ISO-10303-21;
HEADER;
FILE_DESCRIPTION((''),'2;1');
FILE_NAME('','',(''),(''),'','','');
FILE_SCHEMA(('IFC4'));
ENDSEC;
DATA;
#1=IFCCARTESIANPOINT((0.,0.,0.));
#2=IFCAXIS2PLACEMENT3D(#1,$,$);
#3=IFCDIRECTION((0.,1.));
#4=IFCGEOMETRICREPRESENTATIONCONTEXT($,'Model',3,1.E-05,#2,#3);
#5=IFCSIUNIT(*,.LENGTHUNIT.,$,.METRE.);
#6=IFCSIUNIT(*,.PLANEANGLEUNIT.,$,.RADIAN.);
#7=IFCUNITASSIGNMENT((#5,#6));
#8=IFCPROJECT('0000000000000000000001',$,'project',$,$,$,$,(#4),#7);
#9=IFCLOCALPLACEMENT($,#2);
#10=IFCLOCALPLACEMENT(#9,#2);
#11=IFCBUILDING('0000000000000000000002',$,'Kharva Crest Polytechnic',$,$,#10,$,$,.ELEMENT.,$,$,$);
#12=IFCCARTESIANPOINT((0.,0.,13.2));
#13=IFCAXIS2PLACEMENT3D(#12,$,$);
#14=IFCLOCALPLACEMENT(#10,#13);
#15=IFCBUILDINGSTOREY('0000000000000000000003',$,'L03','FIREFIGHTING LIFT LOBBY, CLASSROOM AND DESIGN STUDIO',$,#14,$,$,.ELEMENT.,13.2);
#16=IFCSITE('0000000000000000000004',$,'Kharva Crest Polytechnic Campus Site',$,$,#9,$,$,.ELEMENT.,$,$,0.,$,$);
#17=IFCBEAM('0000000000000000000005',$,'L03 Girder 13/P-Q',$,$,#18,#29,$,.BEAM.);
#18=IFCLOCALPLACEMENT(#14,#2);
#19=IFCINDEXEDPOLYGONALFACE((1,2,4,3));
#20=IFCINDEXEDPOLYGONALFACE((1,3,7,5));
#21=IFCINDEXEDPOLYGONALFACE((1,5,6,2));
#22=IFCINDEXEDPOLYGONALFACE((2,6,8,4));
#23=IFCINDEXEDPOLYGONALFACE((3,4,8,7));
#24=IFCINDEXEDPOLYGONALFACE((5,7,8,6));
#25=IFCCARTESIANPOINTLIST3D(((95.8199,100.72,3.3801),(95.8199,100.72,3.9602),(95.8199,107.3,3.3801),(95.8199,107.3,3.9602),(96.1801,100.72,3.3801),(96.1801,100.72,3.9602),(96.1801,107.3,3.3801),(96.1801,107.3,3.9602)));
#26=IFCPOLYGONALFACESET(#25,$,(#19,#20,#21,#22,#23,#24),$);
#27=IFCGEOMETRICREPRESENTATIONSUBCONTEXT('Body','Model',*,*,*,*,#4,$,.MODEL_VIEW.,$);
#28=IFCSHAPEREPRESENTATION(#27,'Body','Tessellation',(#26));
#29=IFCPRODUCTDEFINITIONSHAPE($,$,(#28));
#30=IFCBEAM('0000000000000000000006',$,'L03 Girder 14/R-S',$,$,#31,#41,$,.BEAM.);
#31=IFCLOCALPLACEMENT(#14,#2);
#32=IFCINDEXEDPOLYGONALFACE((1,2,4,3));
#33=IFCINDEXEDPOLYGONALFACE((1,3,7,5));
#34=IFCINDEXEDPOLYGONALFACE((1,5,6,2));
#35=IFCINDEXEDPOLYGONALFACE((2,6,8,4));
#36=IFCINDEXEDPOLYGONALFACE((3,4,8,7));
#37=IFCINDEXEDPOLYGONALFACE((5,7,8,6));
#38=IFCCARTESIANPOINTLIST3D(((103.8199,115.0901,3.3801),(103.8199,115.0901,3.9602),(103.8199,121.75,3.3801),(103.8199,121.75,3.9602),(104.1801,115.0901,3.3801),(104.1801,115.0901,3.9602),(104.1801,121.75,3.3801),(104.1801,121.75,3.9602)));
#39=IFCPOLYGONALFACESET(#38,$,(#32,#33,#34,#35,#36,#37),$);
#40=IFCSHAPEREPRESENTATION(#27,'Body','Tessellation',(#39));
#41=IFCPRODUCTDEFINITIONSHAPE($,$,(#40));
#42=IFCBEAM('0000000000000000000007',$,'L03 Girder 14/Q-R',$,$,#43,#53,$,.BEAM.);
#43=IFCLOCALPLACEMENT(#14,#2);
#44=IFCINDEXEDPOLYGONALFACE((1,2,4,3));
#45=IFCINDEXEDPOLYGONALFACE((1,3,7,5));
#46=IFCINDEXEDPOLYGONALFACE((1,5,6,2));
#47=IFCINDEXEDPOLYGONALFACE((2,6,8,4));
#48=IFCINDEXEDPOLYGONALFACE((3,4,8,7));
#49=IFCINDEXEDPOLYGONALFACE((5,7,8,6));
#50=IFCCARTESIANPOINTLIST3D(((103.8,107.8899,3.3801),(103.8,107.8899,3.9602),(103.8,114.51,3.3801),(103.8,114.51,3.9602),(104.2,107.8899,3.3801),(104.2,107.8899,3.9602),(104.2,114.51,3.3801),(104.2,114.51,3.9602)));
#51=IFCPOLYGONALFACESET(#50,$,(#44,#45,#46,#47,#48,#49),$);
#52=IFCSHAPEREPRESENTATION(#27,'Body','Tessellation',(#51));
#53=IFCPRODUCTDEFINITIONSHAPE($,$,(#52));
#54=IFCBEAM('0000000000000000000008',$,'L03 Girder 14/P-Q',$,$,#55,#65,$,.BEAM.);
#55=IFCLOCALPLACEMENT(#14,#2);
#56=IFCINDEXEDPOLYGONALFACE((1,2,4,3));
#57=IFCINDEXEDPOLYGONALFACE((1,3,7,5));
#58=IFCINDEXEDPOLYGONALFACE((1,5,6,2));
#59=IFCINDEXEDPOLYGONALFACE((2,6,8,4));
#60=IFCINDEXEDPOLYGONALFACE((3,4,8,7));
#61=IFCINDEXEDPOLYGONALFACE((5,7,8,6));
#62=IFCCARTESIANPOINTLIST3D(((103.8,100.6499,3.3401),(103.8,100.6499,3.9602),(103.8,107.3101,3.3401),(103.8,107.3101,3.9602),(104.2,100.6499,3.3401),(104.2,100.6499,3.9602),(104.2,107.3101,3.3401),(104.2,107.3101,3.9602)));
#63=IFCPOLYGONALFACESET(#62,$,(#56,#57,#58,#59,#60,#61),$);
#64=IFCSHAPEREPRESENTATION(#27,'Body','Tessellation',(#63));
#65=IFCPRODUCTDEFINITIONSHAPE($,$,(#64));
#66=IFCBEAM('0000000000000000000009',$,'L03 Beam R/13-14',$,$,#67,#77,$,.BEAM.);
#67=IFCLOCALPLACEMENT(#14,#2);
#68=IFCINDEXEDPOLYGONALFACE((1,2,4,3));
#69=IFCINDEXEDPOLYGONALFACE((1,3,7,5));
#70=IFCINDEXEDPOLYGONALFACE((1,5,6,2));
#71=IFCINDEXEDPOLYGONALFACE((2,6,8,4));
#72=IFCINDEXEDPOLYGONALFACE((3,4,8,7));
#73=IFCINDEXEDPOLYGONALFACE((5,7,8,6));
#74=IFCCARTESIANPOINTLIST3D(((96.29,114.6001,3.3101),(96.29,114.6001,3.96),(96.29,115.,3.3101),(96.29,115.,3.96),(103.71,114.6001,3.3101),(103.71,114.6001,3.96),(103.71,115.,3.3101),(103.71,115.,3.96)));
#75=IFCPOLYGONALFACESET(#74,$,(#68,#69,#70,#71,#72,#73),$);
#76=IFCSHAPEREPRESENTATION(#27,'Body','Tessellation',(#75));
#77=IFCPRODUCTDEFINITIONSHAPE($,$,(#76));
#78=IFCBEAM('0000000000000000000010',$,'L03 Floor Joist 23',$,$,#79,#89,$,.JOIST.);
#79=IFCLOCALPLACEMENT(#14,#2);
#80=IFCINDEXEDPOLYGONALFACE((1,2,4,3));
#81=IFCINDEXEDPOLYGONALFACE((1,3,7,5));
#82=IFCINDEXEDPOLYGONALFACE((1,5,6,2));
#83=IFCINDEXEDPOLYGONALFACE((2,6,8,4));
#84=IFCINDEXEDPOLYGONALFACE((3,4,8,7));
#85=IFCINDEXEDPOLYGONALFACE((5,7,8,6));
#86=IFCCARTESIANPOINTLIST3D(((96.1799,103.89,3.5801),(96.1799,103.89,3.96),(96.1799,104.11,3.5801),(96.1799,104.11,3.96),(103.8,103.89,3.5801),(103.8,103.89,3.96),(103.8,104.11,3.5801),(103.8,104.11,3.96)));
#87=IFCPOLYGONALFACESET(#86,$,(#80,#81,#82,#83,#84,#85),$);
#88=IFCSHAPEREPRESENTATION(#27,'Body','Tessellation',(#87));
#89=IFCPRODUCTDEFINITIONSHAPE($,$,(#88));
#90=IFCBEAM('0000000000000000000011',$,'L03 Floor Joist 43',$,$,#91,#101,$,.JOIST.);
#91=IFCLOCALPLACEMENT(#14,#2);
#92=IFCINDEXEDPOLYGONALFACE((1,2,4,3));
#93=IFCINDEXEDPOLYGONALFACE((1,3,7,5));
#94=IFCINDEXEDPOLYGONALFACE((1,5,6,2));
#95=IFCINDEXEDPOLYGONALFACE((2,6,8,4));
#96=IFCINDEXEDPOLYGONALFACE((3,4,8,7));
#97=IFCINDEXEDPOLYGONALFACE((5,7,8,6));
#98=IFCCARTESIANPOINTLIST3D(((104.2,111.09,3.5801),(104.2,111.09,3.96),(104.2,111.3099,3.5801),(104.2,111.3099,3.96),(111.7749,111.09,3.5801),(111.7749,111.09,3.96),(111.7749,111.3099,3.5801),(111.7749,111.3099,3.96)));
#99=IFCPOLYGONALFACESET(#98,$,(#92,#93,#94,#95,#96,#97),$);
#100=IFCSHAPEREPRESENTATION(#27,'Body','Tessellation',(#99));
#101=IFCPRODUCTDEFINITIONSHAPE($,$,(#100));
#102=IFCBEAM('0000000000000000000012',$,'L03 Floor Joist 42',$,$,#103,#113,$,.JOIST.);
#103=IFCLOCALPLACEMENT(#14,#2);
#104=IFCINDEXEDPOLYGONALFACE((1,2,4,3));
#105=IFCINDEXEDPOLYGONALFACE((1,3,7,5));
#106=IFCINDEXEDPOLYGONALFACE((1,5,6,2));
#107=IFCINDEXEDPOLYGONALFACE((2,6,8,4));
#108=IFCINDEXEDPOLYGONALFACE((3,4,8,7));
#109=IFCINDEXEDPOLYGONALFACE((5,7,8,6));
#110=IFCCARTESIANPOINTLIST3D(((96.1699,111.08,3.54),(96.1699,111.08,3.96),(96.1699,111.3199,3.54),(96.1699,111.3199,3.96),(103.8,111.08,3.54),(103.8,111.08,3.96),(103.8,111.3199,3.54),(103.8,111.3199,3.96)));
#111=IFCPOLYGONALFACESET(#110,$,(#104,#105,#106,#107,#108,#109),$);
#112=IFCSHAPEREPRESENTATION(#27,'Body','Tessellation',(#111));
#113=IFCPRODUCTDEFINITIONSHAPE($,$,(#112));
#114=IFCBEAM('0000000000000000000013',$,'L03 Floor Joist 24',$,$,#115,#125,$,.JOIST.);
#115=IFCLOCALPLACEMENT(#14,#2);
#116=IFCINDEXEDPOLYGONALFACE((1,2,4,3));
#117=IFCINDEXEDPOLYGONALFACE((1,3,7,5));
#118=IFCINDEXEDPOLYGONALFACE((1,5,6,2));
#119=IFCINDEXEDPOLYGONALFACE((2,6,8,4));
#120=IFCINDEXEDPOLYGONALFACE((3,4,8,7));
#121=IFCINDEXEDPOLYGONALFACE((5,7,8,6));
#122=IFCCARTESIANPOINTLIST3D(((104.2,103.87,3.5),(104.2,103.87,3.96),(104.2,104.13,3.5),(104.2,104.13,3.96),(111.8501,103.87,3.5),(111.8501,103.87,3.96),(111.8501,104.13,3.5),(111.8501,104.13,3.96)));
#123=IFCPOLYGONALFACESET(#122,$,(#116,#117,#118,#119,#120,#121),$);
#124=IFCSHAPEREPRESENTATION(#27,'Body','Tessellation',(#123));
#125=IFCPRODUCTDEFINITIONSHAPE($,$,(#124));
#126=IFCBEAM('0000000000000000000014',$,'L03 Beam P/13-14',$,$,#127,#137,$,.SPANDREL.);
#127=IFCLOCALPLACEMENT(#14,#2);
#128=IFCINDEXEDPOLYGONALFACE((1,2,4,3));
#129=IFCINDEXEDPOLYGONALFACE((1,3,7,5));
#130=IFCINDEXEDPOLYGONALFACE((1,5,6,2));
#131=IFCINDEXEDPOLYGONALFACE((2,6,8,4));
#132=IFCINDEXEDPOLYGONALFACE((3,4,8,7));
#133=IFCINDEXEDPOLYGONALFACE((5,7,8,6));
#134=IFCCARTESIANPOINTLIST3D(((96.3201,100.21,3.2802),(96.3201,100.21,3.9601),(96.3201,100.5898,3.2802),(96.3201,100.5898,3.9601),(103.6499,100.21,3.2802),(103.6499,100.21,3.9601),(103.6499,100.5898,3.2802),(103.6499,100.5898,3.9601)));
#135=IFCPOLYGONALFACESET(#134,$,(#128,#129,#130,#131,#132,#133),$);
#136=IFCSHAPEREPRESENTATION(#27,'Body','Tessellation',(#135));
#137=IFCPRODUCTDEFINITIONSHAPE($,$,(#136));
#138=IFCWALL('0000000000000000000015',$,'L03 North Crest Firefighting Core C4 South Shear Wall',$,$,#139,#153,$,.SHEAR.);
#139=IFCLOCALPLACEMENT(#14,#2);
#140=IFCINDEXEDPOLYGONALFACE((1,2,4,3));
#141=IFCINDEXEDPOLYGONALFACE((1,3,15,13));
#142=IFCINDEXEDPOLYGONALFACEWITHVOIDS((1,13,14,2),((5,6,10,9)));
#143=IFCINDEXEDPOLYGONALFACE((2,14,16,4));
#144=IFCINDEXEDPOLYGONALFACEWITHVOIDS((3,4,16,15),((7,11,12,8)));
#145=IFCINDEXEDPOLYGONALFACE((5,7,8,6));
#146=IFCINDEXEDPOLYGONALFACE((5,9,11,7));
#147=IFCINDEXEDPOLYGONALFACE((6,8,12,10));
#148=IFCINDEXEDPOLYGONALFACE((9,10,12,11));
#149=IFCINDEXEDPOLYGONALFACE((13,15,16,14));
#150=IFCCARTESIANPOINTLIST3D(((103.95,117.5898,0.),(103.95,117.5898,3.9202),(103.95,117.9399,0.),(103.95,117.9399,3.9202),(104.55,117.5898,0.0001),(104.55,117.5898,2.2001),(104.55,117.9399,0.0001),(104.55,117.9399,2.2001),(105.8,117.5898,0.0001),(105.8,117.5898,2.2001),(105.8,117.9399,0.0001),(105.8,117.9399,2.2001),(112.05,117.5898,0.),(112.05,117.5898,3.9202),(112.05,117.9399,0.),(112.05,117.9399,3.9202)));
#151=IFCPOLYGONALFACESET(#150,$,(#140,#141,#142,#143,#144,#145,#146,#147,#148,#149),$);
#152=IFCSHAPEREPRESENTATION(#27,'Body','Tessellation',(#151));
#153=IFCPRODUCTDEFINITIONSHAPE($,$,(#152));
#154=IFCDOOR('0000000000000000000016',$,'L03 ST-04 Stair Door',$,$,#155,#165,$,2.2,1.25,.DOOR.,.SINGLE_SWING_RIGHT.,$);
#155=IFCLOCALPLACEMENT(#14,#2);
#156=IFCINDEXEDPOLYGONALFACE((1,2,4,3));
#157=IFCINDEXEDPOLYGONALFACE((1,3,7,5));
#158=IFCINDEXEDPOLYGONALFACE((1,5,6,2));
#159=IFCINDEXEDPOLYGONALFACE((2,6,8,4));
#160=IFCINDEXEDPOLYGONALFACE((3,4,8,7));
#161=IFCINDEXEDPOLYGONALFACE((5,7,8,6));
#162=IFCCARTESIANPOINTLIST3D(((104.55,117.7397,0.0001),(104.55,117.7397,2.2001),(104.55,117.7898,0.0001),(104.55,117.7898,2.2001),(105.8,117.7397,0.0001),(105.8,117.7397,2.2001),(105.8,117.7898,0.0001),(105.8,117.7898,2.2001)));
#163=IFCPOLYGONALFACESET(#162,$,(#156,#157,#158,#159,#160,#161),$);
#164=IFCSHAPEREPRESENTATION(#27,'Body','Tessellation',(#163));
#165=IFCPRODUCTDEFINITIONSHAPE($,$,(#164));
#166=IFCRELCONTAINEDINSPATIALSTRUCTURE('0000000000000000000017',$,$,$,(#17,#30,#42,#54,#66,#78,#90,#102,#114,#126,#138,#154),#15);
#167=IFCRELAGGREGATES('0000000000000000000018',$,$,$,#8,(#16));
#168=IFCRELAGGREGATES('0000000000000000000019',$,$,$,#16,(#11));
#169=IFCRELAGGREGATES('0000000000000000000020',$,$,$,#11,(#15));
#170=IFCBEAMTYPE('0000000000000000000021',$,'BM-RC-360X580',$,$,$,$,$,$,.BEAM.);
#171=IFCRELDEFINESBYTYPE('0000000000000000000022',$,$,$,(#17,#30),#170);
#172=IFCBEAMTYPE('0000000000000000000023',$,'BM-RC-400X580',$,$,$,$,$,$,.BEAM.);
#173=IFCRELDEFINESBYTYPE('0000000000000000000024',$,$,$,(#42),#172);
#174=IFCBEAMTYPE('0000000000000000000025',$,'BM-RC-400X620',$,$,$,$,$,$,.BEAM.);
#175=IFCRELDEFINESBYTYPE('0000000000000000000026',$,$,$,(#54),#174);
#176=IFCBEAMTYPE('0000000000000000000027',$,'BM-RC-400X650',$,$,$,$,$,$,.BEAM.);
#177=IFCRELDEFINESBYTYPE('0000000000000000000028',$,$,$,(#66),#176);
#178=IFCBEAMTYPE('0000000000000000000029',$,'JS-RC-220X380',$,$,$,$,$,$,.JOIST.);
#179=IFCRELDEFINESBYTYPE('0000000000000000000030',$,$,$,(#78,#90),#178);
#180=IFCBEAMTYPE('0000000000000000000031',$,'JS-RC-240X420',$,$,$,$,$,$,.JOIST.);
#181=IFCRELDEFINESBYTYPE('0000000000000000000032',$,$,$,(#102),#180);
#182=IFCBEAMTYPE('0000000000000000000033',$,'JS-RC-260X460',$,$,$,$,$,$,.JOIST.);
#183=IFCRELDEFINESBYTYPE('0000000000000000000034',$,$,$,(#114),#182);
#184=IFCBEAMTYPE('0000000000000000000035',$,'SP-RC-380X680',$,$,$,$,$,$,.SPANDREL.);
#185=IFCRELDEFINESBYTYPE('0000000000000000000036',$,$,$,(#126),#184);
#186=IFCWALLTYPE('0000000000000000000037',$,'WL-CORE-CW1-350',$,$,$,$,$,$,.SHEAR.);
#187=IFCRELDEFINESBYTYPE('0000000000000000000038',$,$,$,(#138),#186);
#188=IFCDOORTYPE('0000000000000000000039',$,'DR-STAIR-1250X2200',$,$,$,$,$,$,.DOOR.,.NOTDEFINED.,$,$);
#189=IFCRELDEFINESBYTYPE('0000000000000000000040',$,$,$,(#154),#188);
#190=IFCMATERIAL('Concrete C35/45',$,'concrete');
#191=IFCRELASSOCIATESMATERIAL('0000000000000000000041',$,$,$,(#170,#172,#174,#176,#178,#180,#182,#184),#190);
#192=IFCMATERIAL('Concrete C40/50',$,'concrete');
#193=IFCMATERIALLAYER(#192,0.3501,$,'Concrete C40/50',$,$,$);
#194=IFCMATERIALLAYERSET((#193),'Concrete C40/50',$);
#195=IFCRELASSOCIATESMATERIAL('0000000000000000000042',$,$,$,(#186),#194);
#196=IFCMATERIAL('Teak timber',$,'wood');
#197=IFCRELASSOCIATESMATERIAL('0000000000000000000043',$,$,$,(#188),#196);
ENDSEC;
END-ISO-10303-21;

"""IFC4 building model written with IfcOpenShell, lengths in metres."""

from ifc_helpers import new_model, si_unit, direction, frame, frame_2d, origin, origin_2d, place, context, subcontext, project, spatial, rectangle, extrude, material, layer, layer_set, material_profile, profile_set, type_object, element, fill, save


model = new_model("IFC4")

# Units and contexts
model_context = context("Model", 3, precision=1e-05, world=origin(), true_north=direction((0.0, 1.0)))
body_context = subcontext(model_context, "Body", "Model", "MODEL_VIEW")
ifc_project = project(units=[si_unit("LENGTHUNIT", "METRE"), si_unit("PLANEANGLEUNIT", "RADIAN")], contexts=[model_context])

# Site, building, storey
site_placement = place(None, origin())
site = spatial("IfcSite", under=ifc_project, at=site_placement, Name="Kharva Crest Polytechnic Campus Site", CompositionType="ELEMENT", RefElevation=0.0)
building_placement = place(site_placement, origin())
building = spatial("IfcBuilding", under=site, at=building_placement, Name="Kharva Crest Polytechnic", CompositionType="ELEMENT")
storey_placement = place(building_placement, frame((0.0, 0.0, 13.2)))
storey = spatial("IfcBuildingStorey", under=building, at=storey_placement, Name="L03", Description="FIREFIGHTING LIFT LOBBY, CLASSROOM AND DESIGN STUDIO", CompositionType="ELEMENT", Elevation=13.2)

# Shared definitions
ifc_material_1 = material(Name="Concrete C40/50", Category="concrete")

# Beams
ifc_material_2 = material(Name="Concrete C35/45", Category="concrete")
ifc_material_profile_1 = material_profile(ifc_material_2, rectangle(XDim=0.3601, YDim=0.5801, at=origin_2d()), Name="RECT 360 X 580")
ifc_profile_set_1 = profile_set([ifc_material_profile_1], Name="Concrete C35/45")
beam_type_1 = type_object("IfcBeamType", Name="BM-RC-360X580", PredefinedType="BEAM", material=ifc_profile_set_1)
beam_1_placement = place(storey_placement, frame((96.0, 100.72, 3.6702), z_axis=(0.0, 1.0, 0.0), x_axis=(-1.0, 0.0, 0.0)))
element("IfcBeam", 1, at=beam_1_placement, inside=storey, type_object=beam_type_1, Name="L03 Girder 13/P-Q", PredefinedType="BEAM", context=body_context, shape_type="SweptSolid", body=[
    extrude(rectangle(XDim=0.3601, YDim=0.5801, at=origin_2d()), origin(), (0.0, 0.0, 1.0), 6.5801),
])
beam_2_placement = place(storey_placement, frame((104.0, 115.0901, 3.6702), z_axis=(0.0, 1.0, 0.0), x_axis=(-1.0, 0.0, 0.0)))
element("IfcBeam", 2, at=beam_2_placement, inside=storey, type_object=beam_type_1, Name="L03 Girder 14/R-S", PredefinedType="BEAM", context=body_context, shape_type="SweptSolid", body=[
    extrude(rectangle(XDim=0.3601, YDim=0.5801, at=origin_2d()), origin(), (0.0, 0.0, 1.0), 6.6599),
])
ifc_material_profile_2 = material_profile(ifc_material_2, rectangle(XDim=0.3999, YDim=0.5801, at=origin_2d()), Name="RECT 400 X 580")
ifc_profile_set_2 = profile_set([ifc_material_profile_2], Name="Concrete C35/45")
beam_type_2 = type_object("IfcBeamType", Name="BM-RC-400X580", PredefinedType="BEAM", material=ifc_profile_set_2)
beam_3_placement = place(storey_placement, frame((104.0, 107.8899, 3.6702), z_axis=(0.0, 1.0, 0.0), x_axis=(-1.0, 0.0, 0.0)))
element("IfcBeam", 3, at=beam_3_placement, inside=storey, type_object=beam_type_2, Name="L03 Girder 14/Q-R", PredefinedType="BEAM", context=body_context, shape_type="SweptSolid", body=[
    extrude(rectangle(XDim=0.3999, YDim=0.5801, at=origin_2d()), origin(), (0.0, 0.0, 1.0), 6.6201),
])
ifc_material_profile_3 = material_profile(ifc_material_2, rectangle(XDim=0.3999, YDim=0.6201, at=origin_2d()), Name="RECT 400 X 620")
ifc_profile_set_3 = profile_set([ifc_material_profile_3], Name="Concrete C35/45")
beam_type_3 = type_object("IfcBeamType", Name="BM-RC-400X620", PredefinedType="BEAM", material=ifc_profile_set_3)
beam_4_placement = place(storey_placement, frame((104.0, 100.6499, 3.6501), z_axis=(0.0, 1.0, 0.0), x_axis=(-1.0, 0.0, 0.0)))
element("IfcBeam", 4, at=beam_4_placement, inside=storey, type_object=beam_type_3, Name="L03 Girder 14/P-Q", PredefinedType="BEAM", context=body_context, shape_type="SweptSolid", body=[
    extrude(rectangle(XDim=0.3999, YDim=0.6201, at=origin_2d()), origin(), (0.0, 0.0, 1.0), 6.6602),
])
ifc_material_profile_4 = material_profile(ifc_material_2, rectangle(XDim=0.3999, YDim=0.6499, at=origin_2d()), Name="RECT 400 X 650")
ifc_profile_set_4 = profile_set([ifc_material_profile_4], Name="Concrete C35/45")
beam_type_4 = type_object("IfcBeamType", Name="BM-RC-400X650", PredefinedType="BEAM", material=ifc_profile_set_4)
beam_5_placement = place(storey_placement, frame((96.29, 114.8, 3.635), z_axis=(1.0, 0.0, 0.0), x_axis=(0.0, 1.0, 0.0)))
element("IfcBeam", 5, at=beam_5_placement, inside=storey, type_object=beam_type_4, Name="L03 Beam R/13-14", PredefinedType="BEAM", context=body_context, shape_type="SweptSolid", body=[
    extrude(rectangle(XDim=0.3999, YDim=0.6499, at=origin_2d()), origin(), (0.0, 0.0, 1.0), 7.4199),
])
ifc_material_profile_5 = material_profile(ifc_material_2, rectangle(XDim=0.22, YDim=0.3799, at=origin_2d()), Name="RECT 220 X 380")
ifc_profile_set_5 = profile_set([ifc_material_profile_5], Name="Concrete C35/45")
beam_type_5 = type_object("IfcBeamType", Name="JS-RC-220X380", PredefinedType="JOIST", material=ifc_profile_set_5)
beam_6_placement = place(storey_placement, frame((96.1799, 104.0, 3.77), z_axis=(1.0, 0.0, 0.0), x_axis=(0.0, 1.0, 0.0)))
element("IfcBeam", 6, at=beam_6_placement, inside=storey, type_object=beam_type_5, Name="L03 Floor Joist 23", PredefinedType="JOIST", context=body_context, shape_type="SweptSolid", body=[
    extrude(rectangle(XDim=0.22, YDim=0.3799, at=origin_2d()), origin(), (0.0, 0.0, 1.0), 7.6201),
])
beam_7_placement = place(storey_placement, frame((104.2, 111.2, 3.77), z_axis=(1.0, 0.0, 0.0), x_axis=(0.0, 1.0, 0.0)))
element("IfcBeam", 7, at=beam_7_placement, inside=storey, type_object=beam_type_5, Name="L03 Floor Joist 43", PredefinedType="JOIST", context=body_context, shape_type="SweptSolid", body=[
    extrude(rectangle(XDim=0.22, YDim=0.3799, at=origin_2d()), origin(), (0.0, 0.0, 1.0), 7.575),
])
ifc_material_profile_6 = material_profile(ifc_material_2, rectangle(XDim=0.24, YDim=0.4199, at=origin_2d()), Name="RECT 240 X 420")
ifc_profile_set_6 = profile_set([ifc_material_profile_6], Name="Concrete C35/45")
beam_type_6 = type_object("IfcBeamType", Name="JS-RC-240X420", PredefinedType="JOIST", material=ifc_profile_set_6)
beam_8_placement = place(storey_placement, frame((96.1699, 111.2, 3.75), z_axis=(1.0, 0.0, 0.0), x_axis=(0.0, 1.0, 0.0)))
element("IfcBeam", 8, at=beam_8_placement, inside=storey, type_object=beam_type_6, Name="L03 Floor Joist 42", PredefinedType="JOIST", context=body_context, shape_type="SweptSolid", body=[
    extrude(rectangle(XDim=0.24, YDim=0.4199, at=origin_2d()), origin(), (0.0, 0.0, 1.0), 7.6301),
])
ifc_material_profile_7 = material_profile(ifc_material_2, rectangle(XDim=0.26, YDim=0.46, at=origin_2d()), Name="RECT 260 X 460")
ifc_profile_set_7 = profile_set([ifc_material_profile_7], Name="Concrete C35/45")
beam_type_7 = type_object("IfcBeamType", Name="JS-RC-260X460", PredefinedType="JOIST", material=ifc_profile_set_7)
beam_9_placement = place(storey_placement, frame((104.2, 104.0, 3.73), z_axis=(1.0, 0.0, 0.0), x_axis=(0.0, 1.0, 0.0)))
element("IfcBeam", 9, at=beam_9_placement, inside=storey, type_object=beam_type_7, Name="L03 Floor Joist 24", PredefinedType="JOIST", context=body_context, shape_type="SweptSolid", body=[
    extrude(rectangle(XDim=0.26, YDim=0.46, at=origin_2d()), origin(), (0.0, 0.0, 1.0), 7.6501),
])
ifc_material_profile_8 = material_profile(ifc_material_2, rectangle(XDim=0.3799, YDim=0.6799, at=origin_2d()), Name="RECT 380 X 680")
ifc_profile_set_8 = profile_set([ifc_material_profile_8], Name="Concrete C35/45")
beam_type_8 = type_object("IfcBeamType", Name="SP-RC-380X680", PredefinedType="SPANDREL", material=ifc_profile_set_8)
beam_10_placement = place(storey_placement, frame((96.3201, 100.3999, 3.6201), z_axis=(1.0, 0.0, 0.0), x_axis=(0.0, 1.0, 0.0)))
element("IfcBeam", 10, at=beam_10_placement, inside=storey, type_object=beam_type_8, Name="L03 Beam P/13-14", PredefinedType="SPANDREL", context=body_context, shape_type="SweptSolid", body=[
    extrude(rectangle(XDim=0.3799, YDim=0.6799, at=origin_2d()), origin(), (0.0, 0.0, 1.0), 7.3298),
])

# Wall, opening, door
ifc_layer_1 = layer(ifc_material_1, 0.3501, Name="Concrete C40/50")
ifc_layer_set_1 = layer_set([ifc_layer_1], Name="Concrete C40/50")
wall_type_1 = type_object("IfcWallType", Name="WL-CORE-CW1-350", PredefinedType="SHEAR", material=ifc_layer_set_1)
wall_1_placement = place(storey_placement, frame((103.95, 117.7649, 0.0), z_axis=(0.0, 0.0, 1.0), x_axis=(1.0, 0.0, 0.0)))
wall_1 = element("IfcWall", 11, at=wall_1_placement, inside=storey, type_object=wall_type_1, Name="L03 North Crest Firefighting Core C4 South Shear Wall", PredefinedType="SHEAR", context=body_context, shape_type="SweptSolid", body=[
    extrude(rectangle(XDim=8.1001, YDim=0.3501, at=frame_2d((4.05, 0.0))), origin(), (0.0, 0.0, 1.0), 3.9202),
])
opening_1_placement = place(wall_1_placement, frame((0.6001, 0.0, 0.0)))
opening_1 = element("IfcOpeningElement", 12, at=opening_1_placement, cuts=wall_1, PredefinedType="OPENING", context=body_context, shape_type="SweptSolid", body=[
    extrude(rectangle(XDim=1.25, YDim=2.2, at=frame_2d((0.625, 1.1001))), frame((0.0, 0.1851, 0.0), z_axis=(0.0, -1.0, 0.0), x_axis=(1.0, 0.0, 0.0)), (0.0, 0.0, 1.0), 0.3701),
])
ifc_material_3 = material(Name="Teak timber", Category="wood")
door_type = type_object("IfcDoorType", Name="DR-STAIR-1250X2200", OperationType="NOTDEFINED", PredefinedType="DOOR", material=ifc_material_3)
door_placement = place(opening_1_placement, origin())
door = element("IfcDoor", 13, at=door_placement, inside=storey, type_object=door_type, Name="L03 ST-04 Stair Door", OperationType="SINGLE_SWING_RIGHT", OverallHeight=2.2, OverallWidth=1.25, PredefinedType="DOOR", context=body_context, shape_type="SweptSolid", body=[
    extrude(rectangle(XDim=1.25, YDim=2.2, at=frame_2d((0.625, 1.1001))), frame((0.0, 0.0249, 0.0), z_axis=(0.0, -1.0, 0.0), x_axis=(1.0, 0.0, 0.0)), (0.0, 0.0, 1.0), 0.05),
])
fill(opening_1, door)

save(model, "model.ifc")
